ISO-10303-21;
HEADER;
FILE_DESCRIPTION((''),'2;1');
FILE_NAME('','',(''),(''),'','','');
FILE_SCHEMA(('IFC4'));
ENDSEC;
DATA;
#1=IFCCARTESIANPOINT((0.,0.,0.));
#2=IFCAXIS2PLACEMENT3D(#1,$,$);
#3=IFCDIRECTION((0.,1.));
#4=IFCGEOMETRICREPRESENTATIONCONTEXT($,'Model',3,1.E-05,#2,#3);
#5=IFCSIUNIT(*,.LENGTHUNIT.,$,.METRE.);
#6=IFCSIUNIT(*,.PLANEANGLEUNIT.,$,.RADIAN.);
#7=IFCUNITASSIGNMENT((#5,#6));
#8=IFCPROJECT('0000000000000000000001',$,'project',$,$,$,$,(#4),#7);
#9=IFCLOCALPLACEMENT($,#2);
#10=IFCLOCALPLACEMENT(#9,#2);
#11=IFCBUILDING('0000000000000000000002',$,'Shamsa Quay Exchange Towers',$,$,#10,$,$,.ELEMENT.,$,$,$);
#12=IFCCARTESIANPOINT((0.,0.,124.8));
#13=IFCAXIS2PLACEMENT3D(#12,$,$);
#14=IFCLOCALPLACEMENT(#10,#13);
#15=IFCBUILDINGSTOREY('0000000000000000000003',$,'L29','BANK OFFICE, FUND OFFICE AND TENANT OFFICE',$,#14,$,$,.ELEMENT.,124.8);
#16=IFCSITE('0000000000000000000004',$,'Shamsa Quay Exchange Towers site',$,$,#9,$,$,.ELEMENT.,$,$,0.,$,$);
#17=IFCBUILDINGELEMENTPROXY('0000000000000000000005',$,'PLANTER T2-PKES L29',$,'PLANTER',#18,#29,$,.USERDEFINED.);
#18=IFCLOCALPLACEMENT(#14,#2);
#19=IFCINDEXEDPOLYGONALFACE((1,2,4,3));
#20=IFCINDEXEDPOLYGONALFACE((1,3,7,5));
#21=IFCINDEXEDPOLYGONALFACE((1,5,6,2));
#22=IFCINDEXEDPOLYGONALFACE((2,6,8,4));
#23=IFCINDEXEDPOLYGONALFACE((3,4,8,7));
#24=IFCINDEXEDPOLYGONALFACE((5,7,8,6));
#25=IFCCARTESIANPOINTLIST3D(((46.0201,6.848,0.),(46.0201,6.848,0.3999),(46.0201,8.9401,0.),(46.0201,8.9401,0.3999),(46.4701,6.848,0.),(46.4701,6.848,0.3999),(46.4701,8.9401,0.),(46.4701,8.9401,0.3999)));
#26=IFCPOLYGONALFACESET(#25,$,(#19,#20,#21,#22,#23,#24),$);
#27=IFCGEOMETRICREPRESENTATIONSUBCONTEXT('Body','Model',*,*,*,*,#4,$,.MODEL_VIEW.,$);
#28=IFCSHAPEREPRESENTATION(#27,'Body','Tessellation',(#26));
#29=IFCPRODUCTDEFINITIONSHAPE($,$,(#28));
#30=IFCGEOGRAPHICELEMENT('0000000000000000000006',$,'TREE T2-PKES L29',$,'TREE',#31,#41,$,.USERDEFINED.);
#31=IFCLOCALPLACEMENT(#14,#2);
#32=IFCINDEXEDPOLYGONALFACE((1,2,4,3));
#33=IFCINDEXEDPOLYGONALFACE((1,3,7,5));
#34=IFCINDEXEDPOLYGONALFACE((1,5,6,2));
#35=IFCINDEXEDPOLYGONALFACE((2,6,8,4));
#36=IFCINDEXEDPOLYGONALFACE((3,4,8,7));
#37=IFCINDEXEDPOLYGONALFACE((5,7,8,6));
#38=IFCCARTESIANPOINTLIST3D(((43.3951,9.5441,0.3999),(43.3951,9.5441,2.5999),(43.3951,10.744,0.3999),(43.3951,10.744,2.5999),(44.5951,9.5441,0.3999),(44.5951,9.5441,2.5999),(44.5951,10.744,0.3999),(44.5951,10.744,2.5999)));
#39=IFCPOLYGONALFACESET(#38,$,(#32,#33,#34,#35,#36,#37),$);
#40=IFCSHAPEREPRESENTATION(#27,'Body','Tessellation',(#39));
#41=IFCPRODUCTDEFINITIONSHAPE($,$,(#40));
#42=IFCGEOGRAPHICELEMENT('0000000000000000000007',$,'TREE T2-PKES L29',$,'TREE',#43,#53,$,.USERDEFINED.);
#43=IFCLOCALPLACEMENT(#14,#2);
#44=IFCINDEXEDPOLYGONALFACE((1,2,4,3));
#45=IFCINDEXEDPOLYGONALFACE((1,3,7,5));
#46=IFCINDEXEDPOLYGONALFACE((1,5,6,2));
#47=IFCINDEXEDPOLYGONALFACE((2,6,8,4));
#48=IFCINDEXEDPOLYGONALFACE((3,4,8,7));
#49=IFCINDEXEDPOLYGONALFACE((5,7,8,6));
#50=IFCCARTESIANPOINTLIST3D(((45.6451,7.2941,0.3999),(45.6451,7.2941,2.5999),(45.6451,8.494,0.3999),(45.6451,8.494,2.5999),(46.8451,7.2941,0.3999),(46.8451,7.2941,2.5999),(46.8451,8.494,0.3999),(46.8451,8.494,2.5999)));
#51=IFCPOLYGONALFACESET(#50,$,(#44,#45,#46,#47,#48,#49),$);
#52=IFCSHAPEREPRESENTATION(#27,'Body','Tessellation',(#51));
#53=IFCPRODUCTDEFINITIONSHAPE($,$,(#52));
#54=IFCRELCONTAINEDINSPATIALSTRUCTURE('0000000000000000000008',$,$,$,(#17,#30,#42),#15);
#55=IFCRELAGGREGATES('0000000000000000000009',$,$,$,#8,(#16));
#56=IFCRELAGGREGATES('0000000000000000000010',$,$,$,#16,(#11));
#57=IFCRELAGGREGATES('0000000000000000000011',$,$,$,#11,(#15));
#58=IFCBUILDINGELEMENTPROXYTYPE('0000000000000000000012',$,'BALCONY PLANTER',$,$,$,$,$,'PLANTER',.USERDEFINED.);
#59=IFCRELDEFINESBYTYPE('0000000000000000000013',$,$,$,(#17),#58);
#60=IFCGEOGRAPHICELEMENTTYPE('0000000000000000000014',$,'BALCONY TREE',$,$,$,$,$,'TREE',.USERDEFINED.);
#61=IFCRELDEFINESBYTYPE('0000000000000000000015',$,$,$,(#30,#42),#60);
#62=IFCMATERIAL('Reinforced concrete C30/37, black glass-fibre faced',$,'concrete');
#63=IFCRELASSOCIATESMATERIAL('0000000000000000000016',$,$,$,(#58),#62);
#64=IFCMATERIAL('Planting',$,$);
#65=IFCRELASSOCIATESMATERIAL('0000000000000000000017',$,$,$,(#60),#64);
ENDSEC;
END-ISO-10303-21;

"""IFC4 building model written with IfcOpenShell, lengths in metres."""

from ifc_helpers import new_model, si_unit, direction, frame, origin, origin_2d, place, context, subcontext, project, spatial, rectangle, extrude, material, type_object, element, save


model = new_model("IFC4")

# Units and contexts
model_context = context("Model", 3, precision=1e-05, world=origin(), true_north=direction((0.0, 1.0)))
body_context = subcontext(model_context, "Body", "Model", "MODEL_VIEW")
ifc_project = project(units=[si_unit("LENGTHUNIT", "METRE"), si_unit("PLANEANGLEUNIT", "RADIAN")], contexts=[model_context])

# Site, building, storey
site_placement = place(None, origin())
site = spatial("IfcSite", under=ifc_project, at=site_placement, Name="Shamsa Quay Exchange Towers site", CompositionType="ELEMENT", RefElevation=0.0)
building_placement = place(site_placement, origin())
building = spatial("IfcBuilding", under=site, at=building_placement, Name="Shamsa Quay Exchange Towers", CompositionType="ELEMENT")
storey_placement = place(building_placement, frame((0.0, 0.0, 124.8)))
storey = spatial("IfcBuildingStorey", under=building, at=storey_placement, Name="L29", Description="BANK OFFICE, FUND OFFICE AND TENANT OFFICE", CompositionType="ELEMENT", Elevation=124.8)

# Building element proxy
ifc_material_1 = material(Name="Reinforced concrete C30/37, black glass-fibre faced", Category="concrete")
building_element_proxy_type = type_object("IfcBuildingElementProxyType", Name="BALCONY PLANTER", ElementType="PLANTER", PredefinedType="USERDEFINED", material=ifc_material_1)
for number, where, z_axis, x_axis, name in (
    (1, (46.2451, 7.894, 0.0), (0.0, 0.0, 1.0), (0.0, 1.0, 0.0), "PLANTER T2-PKES L29"),
):
    element("IfcBuildingElementProxy", number, at=place(storey_placement, frame(where, z_axis=z_axis, x_axis=x_axis)), inside=storey, type_object=building_element_proxy_type, Name=name, ObjectType="PLANTER", PredefinedType="USERDEFINED", context=body_context, shape_type="SweptSolid", body=[
        extrude(rectangle(XDim=2.092, YDim=0.45, at=origin_2d()), origin(), (0.0, 0.0, 1.0), 0.3999),
    ])

# Geographic elements
ifc_material_2 = material(Name="Planting")
geographic_element_type = type_object("IfcGeographicElementType", Name="BALCONY TREE", ElementType="TREE", PredefinedType="USERDEFINED", material=ifc_material_2)
for number, where, z_axis, x_axis, name in (
    (2, (43.9951, 10.144, 0.3999), (0.0, 0.0, 1.0), (0.0, 1.0, 0.0), "TREE T2-PKES L29"),
    (3, (46.2451, 7.894, 0.3999), (0.0, 0.0, 1.0), (0.0, 1.0, 0.0), "TREE T2-PKES L29"),
):
    element("IfcGeographicElement", number, at=place(storey_placement, frame(where, z_axis=z_axis, x_axis=x_axis)), inside=storey, type_object=geographic_element_type, Name=name, ObjectType="TREE", PredefinedType="USERDEFINED", context=body_context, shape_type="SweptSolid", body=[
        extrude(rectangle(XDim=1.2, YDim=1.2, at=origin_2d()), origin(), (0.0, 0.0, 1.0), 2.2),
    ])

save(model, "model.ifc")
